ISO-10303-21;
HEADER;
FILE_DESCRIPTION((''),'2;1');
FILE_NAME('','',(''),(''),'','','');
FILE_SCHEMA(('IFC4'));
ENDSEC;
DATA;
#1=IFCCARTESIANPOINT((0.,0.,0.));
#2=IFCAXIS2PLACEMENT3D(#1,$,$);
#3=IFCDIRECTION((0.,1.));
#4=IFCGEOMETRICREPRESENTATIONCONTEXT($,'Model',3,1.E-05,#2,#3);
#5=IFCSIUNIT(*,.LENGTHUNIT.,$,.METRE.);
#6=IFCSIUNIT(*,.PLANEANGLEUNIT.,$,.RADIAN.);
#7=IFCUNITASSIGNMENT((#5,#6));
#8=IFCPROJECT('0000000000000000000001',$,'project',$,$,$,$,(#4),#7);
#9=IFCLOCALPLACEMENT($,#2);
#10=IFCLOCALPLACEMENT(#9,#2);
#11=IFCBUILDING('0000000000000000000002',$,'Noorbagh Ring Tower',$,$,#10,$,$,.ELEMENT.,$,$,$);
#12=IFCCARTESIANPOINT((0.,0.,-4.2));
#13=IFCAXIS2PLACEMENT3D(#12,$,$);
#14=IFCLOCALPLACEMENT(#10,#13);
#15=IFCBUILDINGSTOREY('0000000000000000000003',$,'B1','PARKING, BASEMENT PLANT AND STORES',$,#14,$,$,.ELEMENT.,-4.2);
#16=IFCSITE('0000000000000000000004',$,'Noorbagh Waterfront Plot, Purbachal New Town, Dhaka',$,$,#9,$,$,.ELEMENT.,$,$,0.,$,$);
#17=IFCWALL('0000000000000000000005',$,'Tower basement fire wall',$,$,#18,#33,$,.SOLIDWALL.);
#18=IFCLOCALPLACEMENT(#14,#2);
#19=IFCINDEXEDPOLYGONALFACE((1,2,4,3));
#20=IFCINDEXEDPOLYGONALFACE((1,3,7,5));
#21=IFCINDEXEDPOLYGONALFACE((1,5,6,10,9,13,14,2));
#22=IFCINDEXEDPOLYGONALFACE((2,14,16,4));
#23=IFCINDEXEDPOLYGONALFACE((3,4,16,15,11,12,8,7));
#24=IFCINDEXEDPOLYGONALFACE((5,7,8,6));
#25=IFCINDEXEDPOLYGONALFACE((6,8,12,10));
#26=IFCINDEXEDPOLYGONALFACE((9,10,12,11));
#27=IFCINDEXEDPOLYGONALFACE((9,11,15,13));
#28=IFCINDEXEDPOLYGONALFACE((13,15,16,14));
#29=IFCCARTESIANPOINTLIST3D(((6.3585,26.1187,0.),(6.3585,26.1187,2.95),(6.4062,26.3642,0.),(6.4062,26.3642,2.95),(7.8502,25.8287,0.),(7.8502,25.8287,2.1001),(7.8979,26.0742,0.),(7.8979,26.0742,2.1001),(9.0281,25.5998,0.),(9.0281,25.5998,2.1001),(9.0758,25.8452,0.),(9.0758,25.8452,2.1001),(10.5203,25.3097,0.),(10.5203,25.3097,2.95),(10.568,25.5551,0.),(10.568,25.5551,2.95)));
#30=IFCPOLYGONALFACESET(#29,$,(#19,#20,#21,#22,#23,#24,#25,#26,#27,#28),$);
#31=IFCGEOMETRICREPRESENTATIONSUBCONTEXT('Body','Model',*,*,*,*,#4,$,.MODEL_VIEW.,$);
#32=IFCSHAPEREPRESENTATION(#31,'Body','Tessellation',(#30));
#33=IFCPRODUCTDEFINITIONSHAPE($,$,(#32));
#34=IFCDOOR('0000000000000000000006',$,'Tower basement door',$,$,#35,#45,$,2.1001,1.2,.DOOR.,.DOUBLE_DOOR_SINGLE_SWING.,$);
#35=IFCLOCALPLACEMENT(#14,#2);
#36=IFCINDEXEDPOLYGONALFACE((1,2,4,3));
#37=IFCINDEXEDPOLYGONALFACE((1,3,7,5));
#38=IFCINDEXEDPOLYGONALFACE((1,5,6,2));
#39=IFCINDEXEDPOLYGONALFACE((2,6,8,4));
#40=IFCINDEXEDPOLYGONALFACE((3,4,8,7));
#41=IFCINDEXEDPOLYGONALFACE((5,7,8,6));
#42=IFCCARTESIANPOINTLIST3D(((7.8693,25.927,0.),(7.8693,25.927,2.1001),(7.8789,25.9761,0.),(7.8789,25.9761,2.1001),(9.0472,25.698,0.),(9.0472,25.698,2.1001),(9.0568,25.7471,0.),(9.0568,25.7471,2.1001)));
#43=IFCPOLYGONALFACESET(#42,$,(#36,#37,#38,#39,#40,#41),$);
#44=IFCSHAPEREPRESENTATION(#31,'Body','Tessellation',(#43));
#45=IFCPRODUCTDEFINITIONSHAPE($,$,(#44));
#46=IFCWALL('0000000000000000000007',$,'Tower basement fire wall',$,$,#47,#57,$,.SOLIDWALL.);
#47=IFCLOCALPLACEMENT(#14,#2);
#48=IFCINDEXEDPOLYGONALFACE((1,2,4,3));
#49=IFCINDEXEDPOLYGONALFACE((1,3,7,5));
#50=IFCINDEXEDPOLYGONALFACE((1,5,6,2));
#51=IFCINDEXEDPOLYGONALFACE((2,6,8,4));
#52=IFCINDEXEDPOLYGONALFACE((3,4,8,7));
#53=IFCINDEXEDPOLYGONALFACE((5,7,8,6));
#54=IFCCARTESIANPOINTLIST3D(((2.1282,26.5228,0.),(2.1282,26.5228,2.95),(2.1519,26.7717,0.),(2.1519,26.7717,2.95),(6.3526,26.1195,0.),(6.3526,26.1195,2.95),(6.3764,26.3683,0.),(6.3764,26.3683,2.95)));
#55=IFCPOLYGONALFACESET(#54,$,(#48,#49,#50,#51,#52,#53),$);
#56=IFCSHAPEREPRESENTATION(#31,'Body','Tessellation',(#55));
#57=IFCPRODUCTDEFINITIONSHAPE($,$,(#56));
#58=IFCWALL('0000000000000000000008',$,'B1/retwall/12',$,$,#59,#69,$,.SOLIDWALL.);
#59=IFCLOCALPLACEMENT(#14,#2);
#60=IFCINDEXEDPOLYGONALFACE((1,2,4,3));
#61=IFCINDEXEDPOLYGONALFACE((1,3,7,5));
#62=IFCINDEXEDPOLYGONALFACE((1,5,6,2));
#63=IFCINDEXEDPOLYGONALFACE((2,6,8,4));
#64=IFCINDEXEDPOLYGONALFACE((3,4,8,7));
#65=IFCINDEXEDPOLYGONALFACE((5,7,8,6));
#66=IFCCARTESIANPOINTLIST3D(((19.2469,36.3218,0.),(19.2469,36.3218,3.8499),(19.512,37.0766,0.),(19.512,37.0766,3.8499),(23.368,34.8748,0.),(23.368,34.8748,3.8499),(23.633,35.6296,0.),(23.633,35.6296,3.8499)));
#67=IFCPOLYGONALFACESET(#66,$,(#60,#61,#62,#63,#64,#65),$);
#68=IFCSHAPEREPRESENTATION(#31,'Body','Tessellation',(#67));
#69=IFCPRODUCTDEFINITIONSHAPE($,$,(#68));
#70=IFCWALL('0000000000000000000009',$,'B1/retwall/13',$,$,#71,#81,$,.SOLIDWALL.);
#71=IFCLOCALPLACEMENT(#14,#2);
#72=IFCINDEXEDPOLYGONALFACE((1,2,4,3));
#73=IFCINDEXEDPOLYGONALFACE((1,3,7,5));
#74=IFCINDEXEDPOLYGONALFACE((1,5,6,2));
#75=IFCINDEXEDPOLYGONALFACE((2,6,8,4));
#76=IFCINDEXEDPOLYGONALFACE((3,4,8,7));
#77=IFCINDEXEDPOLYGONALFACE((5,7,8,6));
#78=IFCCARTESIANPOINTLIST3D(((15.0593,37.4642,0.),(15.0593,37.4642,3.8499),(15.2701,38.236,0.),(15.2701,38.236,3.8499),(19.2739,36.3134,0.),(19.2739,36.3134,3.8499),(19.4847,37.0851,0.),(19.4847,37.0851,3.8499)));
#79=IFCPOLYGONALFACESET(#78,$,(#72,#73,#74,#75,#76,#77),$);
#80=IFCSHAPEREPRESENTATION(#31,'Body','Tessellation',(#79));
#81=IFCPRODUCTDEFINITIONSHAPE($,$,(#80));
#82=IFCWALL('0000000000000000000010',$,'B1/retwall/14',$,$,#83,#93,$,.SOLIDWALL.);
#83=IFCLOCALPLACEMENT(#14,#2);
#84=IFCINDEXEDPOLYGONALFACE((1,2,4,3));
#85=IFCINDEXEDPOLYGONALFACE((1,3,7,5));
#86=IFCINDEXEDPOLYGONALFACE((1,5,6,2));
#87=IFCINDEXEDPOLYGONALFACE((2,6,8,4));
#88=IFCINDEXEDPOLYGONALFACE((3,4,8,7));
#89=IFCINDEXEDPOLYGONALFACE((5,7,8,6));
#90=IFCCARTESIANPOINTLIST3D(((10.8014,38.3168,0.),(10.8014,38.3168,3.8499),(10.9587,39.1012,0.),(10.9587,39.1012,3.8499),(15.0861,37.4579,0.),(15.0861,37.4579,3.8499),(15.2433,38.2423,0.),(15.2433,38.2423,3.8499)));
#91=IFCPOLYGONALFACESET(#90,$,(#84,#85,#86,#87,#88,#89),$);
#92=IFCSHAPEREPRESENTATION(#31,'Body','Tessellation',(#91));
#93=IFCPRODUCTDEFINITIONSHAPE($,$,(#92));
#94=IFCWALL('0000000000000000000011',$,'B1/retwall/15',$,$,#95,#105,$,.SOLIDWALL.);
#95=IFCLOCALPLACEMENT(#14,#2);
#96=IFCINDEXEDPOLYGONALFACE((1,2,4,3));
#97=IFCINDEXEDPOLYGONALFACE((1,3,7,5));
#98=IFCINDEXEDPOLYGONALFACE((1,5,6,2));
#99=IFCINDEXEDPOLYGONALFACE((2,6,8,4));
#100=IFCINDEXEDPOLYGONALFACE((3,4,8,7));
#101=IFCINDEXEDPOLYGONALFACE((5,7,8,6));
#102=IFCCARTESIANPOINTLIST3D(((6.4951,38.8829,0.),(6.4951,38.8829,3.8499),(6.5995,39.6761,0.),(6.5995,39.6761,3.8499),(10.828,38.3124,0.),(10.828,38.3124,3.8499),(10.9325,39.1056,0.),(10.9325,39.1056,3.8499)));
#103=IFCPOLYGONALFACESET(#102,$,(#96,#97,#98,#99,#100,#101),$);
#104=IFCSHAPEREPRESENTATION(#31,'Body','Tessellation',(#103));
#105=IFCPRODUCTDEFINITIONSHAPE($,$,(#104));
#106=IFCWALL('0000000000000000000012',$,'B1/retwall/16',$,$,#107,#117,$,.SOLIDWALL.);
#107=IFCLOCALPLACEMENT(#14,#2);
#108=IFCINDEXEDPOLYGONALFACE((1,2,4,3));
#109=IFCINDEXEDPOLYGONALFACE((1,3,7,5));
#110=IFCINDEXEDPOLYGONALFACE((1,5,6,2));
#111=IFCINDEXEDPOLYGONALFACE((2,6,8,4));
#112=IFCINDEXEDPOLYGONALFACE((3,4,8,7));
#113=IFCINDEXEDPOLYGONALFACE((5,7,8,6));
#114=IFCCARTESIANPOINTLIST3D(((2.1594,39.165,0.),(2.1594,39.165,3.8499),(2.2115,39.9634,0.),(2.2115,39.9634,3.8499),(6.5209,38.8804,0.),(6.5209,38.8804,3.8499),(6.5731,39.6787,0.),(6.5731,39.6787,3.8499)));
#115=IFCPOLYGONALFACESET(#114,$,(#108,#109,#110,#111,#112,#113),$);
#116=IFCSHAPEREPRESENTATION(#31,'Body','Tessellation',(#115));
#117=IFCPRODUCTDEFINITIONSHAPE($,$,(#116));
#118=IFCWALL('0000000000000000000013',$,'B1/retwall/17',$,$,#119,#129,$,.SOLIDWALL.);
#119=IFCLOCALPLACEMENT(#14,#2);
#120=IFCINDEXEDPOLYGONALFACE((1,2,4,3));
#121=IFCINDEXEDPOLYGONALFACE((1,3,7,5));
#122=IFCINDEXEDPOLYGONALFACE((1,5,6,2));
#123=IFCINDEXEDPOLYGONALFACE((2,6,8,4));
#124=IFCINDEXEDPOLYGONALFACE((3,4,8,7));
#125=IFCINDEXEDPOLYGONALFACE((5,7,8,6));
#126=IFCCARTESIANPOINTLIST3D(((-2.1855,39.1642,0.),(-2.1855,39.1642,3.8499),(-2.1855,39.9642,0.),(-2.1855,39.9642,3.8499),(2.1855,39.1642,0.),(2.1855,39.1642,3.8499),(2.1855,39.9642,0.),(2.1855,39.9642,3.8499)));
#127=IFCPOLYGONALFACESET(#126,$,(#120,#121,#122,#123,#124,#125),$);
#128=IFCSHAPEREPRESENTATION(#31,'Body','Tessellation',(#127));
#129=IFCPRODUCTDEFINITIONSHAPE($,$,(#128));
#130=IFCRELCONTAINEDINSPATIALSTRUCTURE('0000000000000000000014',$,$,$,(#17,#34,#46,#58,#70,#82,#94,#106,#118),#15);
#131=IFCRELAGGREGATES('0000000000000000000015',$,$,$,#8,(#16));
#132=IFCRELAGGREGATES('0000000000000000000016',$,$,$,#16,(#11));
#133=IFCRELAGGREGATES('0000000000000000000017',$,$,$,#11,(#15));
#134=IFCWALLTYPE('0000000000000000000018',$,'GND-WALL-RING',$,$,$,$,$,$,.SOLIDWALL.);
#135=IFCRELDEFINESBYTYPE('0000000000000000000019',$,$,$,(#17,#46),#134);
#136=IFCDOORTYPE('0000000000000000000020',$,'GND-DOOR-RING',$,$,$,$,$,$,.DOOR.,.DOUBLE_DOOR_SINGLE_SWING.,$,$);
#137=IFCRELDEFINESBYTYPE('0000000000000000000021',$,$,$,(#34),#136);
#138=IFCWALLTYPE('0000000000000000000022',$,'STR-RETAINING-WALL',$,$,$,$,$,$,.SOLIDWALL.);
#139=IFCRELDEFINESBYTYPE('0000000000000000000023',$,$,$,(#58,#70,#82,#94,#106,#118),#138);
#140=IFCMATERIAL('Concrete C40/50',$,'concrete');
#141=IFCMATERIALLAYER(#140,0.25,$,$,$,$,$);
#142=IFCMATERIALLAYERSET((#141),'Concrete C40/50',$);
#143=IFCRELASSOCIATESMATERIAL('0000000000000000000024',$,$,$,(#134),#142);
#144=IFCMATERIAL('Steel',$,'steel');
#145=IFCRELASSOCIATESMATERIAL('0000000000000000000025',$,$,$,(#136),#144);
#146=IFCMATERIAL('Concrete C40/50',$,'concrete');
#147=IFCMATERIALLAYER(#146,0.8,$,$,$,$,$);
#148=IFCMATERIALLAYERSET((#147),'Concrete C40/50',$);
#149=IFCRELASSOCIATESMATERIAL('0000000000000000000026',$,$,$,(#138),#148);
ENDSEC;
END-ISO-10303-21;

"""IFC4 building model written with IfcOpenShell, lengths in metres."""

from ifc_helpers import new_model, si_unit, direction, frame, frame_2d, origin, place, context, subcontext, project, spatial, rectangle, extrude, material, layer, layer_set, type_object, element, fill, save


model = new_model("IFC4")

# Units and contexts
model_context = context("Model", 3, precision=1e-05, world=origin(), true_north=direction((0.0, 1.0)))
body_context = subcontext(model_context, "Body", "Model", "MODEL_VIEW")
ifc_project = project(units=[si_unit("LENGTHUNIT", "METRE"), si_unit("PLANEANGLEUNIT", "RADIAN")], contexts=[model_context])

# Site, building, storey
site_placement = place(None, origin())
site = spatial("IfcSite", under=ifc_project, at=site_placement, Name="Noorbagh Waterfront Plot, Purbachal New Town, Dhaka", CompositionType="ELEMENT", RefElevation=0.0)
building_placement = place(site_placement, origin())
building = spatial("IfcBuilding", under=site, at=building_placement, Name="Noorbagh Ring Tower", CompositionType="ELEMENT")
storey_placement = place(building_placement, frame((0.0, 0.0, -4.2)))
storey = spatial("IfcBuildingStorey", under=building, at=storey_placement, Name="B1", Description="PARKING, BASEMENT PLANT AND STORES", CompositionType="ELEMENT", Elevation=-4.2)

# Wall, opening, door
ifc_material_1 = material(Name="Concrete C40/50", Category="concrete")
ifc_layer_1 = layer(ifc_material_1, 0.25)
ifc_layer_set_1 = layer_set([ifc_layer_1], Name="Concrete C40/50")
wall_type_1 = type_object("IfcWallType", Name="GND-WALL-RING", PredefinedType="SOLIDWALL", material=ifc_layer_set_1)
wall_1_placement = place(storey_placement, frame((10.5442, 25.4324, 0.0), z_axis=(0.0, 0.0, 1.0), x_axis=(-0.981623, 0.190831, 0.0)))
wall_1 = element("IfcWall", 1, at=wall_1_placement, inside=storey, type_object=wall_type_1, Name="Tower basement fire wall", PredefinedType="SOLIDWALL", context=body_context, shape_type="SweptSolid", body=[
    extrude(rectangle(XDim=4.2397, YDim=0.25, at=frame_2d((2.1199, 0.0))), origin(), (0.0, 0.0, 1.0), 2.95),
])
opening_placement = place(wall_1_placement, frame((1.52, 0.0, 0.0)))
opening = element("IfcOpeningElement", 2, at=opening_placement, cuts=wall_1, PredefinedType="OPENING", context=body_context, shape_type="SweptSolid", body=[
    extrude(rectangle(XDim=1.2, YDim=2.1001, at=frame_2d((0.6001, 1.05))), frame((0.0, 0.135, 0.0), z_axis=(0.0, -1.0, 0.0), x_axis=(1.0, 0.0, 0.0)), (0.0, 0.0, 1.0), 0.27),
])
ifc_material_2 = material(Name="Steel", Category="steel")
door_type = type_object("IfcDoorType", Name="GND-DOOR-RING", OperationType="DOUBLE_DOOR_SINGLE_SWING", PredefinedType="DOOR", material=ifc_material_2)
door_placement = place(opening_placement, origin())
door = element("IfcDoor", 3, at=door_placement, inside=storey, type_object=door_type, Name="Tower basement door", OperationType="DOUBLE_DOOR_SINGLE_SWING", OverallHeight=2.1001, OverallWidth=1.2, PredefinedType="DOOR", context=body_context, shape_type="SweptSolid", body=[
    extrude(rectangle(XDim=1.2, YDim=2.1001, at=frame_2d((0.6001, 1.05))), frame((0.0, 0.0249, 0.0), z_axis=(0.0, -1.0, 0.0), x_axis=(1.0, 0.0, 0.0)), (0.0, 0.0, 1.0), 0.05),
])
fill(opening, door)

# Walls
wall_2_placement = place(storey_placement, frame((6.3645, 26.2439, 0.0), z_axis=(0.0, 0.0, 1.0), x_axis=(-0.995473, 0.095043, 0.0)))
element("IfcWall", 4, at=wall_2_placement, inside=storey, type_object=wall_type_1, Name="Tower basement fire wall", PredefinedType="SOLIDWALL", context=body_context, shape_type="SweptSolid", body=[
    extrude(rectangle(XDim=4.2437, YDim=0.25, at=frame_2d((2.1218, 0.0))), origin(), (0.0, 0.0, 1.0), 2.95),
])
ifc_material_3 = material(Name="Concrete C40/50", Category="concrete")
ifc_layer_2 = layer(ifc_material_3, 0.8)
ifc_layer_set_2 = layer_set([ifc_layer_2], Name="Concrete C40/50")
wall_type_2 = type_object("IfcWallType", Name="STR-RETAINING-WALL", PredefinedType="SOLIDWALL", material=ifc_layer_set_2)
wall_3_placement = place(storey_placement, frame((23.5005, 35.2522, 0.0), z_axis=(0.0, 0.0, 1.0), x_axis=(-0.943527, 0.331296, 0.0)))
element("IfcWall", 5, at=wall_3_placement, inside=storey, type_object=wall_type_2, Name="B1/retwall/12", PredefinedType="SOLIDWALL", context=body_context, shape_type="SweptSolid", body=[
    extrude(rectangle(XDim=4.3677, YDim=0.8, at=frame_2d((2.1838, 0.0))), origin(), (0.0, 0.0, 1.0), 3.8499),
])
wall_4_placement = place(storey_placement, frame((19.3794, 36.6992, 0.0), z_axis=(0.0, 0.0, 1.0), x_axis=(-0.96468, 0.263425, 0.0)))
element("IfcWall", 6, at=wall_4_placement, inside=storey, type_object=wall_type_2, Name="B1/retwall/13", PredefinedType="SOLIDWALL", context=body_context, shape_type="SweptSolid", body=[
    extrude(rectangle(XDim=4.3689, YDim=0.8, at=frame_2d((2.1846, 0.0))), origin(), (0.0, 0.0, 1.0), 3.8499),
])
wall_5_placement = place(storey_placement, frame((15.1648, 37.8501, 0.0), z_axis=(0.0, 0.0, 1.0), x_axis=(-0.980495, 0.196546, 0.0)))
element("IfcWall", 7, at=wall_5_placement, inside=storey, type_object=wall_type_2, Name="B1/retwall/14", PredefinedType="SOLIDWALL", context=body_context, shape_type="SweptSolid", body=[
    extrude(rectangle(XDim=4.3699, YDim=0.8, at=frame_2d((2.1851, 0.0))), origin(), (0.0, 0.0, 1.0), 3.8499),
])
wall_6_placement = place(storey_placement, frame((10.8801, 38.709, 0.0), z_axis=(0.0, 0.0, 1.0), x_axis=(-0.991442, 0.13055, 0.0)))
element("IfcWall", 8, at=wall_6_placement, inside=storey, type_object=wall_type_2, Name="B1/retwall/15", PredefinedType="SOLIDWALL", context=body_context, shape_type="SweptSolid", body=[
    extrude(rectangle(XDim=4.3704, YDim=0.8, at=frame_2d((2.1851, 0.0))), origin(), (0.0, 0.0, 1.0), 3.8499),
])
wall_7_placement = place(storey_placement, frame((6.5471, 39.2795, 0.0), z_axis=(0.0, 0.0, 1.0), x_axis=(-0.997877, 0.065129, 0.0)))
element("IfcWall", 9, at=wall_7_placement, inside=storey, type_object=wall_type_2, Name="B1/retwall/16", PredefinedType="SOLIDWALL", context=body_context, shape_type="SweptSolid", body=[
    extrude(rectangle(XDim=4.3708, YDim=0.8, at=frame_2d((2.1855, 0.0))), origin(), (0.0, 0.0, 1.0), 3.8499),
])
wall_8_placement = place(storey_placement, frame((2.1855, 39.5642, 0.0), z_axis=(0.0, 0.0, 1.0), x_axis=(-1.0, 0.0, 0.0)))
element("IfcWall", 10, at=wall_8_placement, inside=storey, type_object=wall_type_2, Name="B1/retwall/17", PredefinedType="SOLIDWALL", context=body_context, shape_type="SweptSolid", body=[
    extrude(rectangle(XDim=4.3711, YDim=0.8, at=frame_2d((2.1855, 0.0))), origin(), (0.0, 0.0, 1.0), 3.8499),
])

save(model, "model.ifc")
